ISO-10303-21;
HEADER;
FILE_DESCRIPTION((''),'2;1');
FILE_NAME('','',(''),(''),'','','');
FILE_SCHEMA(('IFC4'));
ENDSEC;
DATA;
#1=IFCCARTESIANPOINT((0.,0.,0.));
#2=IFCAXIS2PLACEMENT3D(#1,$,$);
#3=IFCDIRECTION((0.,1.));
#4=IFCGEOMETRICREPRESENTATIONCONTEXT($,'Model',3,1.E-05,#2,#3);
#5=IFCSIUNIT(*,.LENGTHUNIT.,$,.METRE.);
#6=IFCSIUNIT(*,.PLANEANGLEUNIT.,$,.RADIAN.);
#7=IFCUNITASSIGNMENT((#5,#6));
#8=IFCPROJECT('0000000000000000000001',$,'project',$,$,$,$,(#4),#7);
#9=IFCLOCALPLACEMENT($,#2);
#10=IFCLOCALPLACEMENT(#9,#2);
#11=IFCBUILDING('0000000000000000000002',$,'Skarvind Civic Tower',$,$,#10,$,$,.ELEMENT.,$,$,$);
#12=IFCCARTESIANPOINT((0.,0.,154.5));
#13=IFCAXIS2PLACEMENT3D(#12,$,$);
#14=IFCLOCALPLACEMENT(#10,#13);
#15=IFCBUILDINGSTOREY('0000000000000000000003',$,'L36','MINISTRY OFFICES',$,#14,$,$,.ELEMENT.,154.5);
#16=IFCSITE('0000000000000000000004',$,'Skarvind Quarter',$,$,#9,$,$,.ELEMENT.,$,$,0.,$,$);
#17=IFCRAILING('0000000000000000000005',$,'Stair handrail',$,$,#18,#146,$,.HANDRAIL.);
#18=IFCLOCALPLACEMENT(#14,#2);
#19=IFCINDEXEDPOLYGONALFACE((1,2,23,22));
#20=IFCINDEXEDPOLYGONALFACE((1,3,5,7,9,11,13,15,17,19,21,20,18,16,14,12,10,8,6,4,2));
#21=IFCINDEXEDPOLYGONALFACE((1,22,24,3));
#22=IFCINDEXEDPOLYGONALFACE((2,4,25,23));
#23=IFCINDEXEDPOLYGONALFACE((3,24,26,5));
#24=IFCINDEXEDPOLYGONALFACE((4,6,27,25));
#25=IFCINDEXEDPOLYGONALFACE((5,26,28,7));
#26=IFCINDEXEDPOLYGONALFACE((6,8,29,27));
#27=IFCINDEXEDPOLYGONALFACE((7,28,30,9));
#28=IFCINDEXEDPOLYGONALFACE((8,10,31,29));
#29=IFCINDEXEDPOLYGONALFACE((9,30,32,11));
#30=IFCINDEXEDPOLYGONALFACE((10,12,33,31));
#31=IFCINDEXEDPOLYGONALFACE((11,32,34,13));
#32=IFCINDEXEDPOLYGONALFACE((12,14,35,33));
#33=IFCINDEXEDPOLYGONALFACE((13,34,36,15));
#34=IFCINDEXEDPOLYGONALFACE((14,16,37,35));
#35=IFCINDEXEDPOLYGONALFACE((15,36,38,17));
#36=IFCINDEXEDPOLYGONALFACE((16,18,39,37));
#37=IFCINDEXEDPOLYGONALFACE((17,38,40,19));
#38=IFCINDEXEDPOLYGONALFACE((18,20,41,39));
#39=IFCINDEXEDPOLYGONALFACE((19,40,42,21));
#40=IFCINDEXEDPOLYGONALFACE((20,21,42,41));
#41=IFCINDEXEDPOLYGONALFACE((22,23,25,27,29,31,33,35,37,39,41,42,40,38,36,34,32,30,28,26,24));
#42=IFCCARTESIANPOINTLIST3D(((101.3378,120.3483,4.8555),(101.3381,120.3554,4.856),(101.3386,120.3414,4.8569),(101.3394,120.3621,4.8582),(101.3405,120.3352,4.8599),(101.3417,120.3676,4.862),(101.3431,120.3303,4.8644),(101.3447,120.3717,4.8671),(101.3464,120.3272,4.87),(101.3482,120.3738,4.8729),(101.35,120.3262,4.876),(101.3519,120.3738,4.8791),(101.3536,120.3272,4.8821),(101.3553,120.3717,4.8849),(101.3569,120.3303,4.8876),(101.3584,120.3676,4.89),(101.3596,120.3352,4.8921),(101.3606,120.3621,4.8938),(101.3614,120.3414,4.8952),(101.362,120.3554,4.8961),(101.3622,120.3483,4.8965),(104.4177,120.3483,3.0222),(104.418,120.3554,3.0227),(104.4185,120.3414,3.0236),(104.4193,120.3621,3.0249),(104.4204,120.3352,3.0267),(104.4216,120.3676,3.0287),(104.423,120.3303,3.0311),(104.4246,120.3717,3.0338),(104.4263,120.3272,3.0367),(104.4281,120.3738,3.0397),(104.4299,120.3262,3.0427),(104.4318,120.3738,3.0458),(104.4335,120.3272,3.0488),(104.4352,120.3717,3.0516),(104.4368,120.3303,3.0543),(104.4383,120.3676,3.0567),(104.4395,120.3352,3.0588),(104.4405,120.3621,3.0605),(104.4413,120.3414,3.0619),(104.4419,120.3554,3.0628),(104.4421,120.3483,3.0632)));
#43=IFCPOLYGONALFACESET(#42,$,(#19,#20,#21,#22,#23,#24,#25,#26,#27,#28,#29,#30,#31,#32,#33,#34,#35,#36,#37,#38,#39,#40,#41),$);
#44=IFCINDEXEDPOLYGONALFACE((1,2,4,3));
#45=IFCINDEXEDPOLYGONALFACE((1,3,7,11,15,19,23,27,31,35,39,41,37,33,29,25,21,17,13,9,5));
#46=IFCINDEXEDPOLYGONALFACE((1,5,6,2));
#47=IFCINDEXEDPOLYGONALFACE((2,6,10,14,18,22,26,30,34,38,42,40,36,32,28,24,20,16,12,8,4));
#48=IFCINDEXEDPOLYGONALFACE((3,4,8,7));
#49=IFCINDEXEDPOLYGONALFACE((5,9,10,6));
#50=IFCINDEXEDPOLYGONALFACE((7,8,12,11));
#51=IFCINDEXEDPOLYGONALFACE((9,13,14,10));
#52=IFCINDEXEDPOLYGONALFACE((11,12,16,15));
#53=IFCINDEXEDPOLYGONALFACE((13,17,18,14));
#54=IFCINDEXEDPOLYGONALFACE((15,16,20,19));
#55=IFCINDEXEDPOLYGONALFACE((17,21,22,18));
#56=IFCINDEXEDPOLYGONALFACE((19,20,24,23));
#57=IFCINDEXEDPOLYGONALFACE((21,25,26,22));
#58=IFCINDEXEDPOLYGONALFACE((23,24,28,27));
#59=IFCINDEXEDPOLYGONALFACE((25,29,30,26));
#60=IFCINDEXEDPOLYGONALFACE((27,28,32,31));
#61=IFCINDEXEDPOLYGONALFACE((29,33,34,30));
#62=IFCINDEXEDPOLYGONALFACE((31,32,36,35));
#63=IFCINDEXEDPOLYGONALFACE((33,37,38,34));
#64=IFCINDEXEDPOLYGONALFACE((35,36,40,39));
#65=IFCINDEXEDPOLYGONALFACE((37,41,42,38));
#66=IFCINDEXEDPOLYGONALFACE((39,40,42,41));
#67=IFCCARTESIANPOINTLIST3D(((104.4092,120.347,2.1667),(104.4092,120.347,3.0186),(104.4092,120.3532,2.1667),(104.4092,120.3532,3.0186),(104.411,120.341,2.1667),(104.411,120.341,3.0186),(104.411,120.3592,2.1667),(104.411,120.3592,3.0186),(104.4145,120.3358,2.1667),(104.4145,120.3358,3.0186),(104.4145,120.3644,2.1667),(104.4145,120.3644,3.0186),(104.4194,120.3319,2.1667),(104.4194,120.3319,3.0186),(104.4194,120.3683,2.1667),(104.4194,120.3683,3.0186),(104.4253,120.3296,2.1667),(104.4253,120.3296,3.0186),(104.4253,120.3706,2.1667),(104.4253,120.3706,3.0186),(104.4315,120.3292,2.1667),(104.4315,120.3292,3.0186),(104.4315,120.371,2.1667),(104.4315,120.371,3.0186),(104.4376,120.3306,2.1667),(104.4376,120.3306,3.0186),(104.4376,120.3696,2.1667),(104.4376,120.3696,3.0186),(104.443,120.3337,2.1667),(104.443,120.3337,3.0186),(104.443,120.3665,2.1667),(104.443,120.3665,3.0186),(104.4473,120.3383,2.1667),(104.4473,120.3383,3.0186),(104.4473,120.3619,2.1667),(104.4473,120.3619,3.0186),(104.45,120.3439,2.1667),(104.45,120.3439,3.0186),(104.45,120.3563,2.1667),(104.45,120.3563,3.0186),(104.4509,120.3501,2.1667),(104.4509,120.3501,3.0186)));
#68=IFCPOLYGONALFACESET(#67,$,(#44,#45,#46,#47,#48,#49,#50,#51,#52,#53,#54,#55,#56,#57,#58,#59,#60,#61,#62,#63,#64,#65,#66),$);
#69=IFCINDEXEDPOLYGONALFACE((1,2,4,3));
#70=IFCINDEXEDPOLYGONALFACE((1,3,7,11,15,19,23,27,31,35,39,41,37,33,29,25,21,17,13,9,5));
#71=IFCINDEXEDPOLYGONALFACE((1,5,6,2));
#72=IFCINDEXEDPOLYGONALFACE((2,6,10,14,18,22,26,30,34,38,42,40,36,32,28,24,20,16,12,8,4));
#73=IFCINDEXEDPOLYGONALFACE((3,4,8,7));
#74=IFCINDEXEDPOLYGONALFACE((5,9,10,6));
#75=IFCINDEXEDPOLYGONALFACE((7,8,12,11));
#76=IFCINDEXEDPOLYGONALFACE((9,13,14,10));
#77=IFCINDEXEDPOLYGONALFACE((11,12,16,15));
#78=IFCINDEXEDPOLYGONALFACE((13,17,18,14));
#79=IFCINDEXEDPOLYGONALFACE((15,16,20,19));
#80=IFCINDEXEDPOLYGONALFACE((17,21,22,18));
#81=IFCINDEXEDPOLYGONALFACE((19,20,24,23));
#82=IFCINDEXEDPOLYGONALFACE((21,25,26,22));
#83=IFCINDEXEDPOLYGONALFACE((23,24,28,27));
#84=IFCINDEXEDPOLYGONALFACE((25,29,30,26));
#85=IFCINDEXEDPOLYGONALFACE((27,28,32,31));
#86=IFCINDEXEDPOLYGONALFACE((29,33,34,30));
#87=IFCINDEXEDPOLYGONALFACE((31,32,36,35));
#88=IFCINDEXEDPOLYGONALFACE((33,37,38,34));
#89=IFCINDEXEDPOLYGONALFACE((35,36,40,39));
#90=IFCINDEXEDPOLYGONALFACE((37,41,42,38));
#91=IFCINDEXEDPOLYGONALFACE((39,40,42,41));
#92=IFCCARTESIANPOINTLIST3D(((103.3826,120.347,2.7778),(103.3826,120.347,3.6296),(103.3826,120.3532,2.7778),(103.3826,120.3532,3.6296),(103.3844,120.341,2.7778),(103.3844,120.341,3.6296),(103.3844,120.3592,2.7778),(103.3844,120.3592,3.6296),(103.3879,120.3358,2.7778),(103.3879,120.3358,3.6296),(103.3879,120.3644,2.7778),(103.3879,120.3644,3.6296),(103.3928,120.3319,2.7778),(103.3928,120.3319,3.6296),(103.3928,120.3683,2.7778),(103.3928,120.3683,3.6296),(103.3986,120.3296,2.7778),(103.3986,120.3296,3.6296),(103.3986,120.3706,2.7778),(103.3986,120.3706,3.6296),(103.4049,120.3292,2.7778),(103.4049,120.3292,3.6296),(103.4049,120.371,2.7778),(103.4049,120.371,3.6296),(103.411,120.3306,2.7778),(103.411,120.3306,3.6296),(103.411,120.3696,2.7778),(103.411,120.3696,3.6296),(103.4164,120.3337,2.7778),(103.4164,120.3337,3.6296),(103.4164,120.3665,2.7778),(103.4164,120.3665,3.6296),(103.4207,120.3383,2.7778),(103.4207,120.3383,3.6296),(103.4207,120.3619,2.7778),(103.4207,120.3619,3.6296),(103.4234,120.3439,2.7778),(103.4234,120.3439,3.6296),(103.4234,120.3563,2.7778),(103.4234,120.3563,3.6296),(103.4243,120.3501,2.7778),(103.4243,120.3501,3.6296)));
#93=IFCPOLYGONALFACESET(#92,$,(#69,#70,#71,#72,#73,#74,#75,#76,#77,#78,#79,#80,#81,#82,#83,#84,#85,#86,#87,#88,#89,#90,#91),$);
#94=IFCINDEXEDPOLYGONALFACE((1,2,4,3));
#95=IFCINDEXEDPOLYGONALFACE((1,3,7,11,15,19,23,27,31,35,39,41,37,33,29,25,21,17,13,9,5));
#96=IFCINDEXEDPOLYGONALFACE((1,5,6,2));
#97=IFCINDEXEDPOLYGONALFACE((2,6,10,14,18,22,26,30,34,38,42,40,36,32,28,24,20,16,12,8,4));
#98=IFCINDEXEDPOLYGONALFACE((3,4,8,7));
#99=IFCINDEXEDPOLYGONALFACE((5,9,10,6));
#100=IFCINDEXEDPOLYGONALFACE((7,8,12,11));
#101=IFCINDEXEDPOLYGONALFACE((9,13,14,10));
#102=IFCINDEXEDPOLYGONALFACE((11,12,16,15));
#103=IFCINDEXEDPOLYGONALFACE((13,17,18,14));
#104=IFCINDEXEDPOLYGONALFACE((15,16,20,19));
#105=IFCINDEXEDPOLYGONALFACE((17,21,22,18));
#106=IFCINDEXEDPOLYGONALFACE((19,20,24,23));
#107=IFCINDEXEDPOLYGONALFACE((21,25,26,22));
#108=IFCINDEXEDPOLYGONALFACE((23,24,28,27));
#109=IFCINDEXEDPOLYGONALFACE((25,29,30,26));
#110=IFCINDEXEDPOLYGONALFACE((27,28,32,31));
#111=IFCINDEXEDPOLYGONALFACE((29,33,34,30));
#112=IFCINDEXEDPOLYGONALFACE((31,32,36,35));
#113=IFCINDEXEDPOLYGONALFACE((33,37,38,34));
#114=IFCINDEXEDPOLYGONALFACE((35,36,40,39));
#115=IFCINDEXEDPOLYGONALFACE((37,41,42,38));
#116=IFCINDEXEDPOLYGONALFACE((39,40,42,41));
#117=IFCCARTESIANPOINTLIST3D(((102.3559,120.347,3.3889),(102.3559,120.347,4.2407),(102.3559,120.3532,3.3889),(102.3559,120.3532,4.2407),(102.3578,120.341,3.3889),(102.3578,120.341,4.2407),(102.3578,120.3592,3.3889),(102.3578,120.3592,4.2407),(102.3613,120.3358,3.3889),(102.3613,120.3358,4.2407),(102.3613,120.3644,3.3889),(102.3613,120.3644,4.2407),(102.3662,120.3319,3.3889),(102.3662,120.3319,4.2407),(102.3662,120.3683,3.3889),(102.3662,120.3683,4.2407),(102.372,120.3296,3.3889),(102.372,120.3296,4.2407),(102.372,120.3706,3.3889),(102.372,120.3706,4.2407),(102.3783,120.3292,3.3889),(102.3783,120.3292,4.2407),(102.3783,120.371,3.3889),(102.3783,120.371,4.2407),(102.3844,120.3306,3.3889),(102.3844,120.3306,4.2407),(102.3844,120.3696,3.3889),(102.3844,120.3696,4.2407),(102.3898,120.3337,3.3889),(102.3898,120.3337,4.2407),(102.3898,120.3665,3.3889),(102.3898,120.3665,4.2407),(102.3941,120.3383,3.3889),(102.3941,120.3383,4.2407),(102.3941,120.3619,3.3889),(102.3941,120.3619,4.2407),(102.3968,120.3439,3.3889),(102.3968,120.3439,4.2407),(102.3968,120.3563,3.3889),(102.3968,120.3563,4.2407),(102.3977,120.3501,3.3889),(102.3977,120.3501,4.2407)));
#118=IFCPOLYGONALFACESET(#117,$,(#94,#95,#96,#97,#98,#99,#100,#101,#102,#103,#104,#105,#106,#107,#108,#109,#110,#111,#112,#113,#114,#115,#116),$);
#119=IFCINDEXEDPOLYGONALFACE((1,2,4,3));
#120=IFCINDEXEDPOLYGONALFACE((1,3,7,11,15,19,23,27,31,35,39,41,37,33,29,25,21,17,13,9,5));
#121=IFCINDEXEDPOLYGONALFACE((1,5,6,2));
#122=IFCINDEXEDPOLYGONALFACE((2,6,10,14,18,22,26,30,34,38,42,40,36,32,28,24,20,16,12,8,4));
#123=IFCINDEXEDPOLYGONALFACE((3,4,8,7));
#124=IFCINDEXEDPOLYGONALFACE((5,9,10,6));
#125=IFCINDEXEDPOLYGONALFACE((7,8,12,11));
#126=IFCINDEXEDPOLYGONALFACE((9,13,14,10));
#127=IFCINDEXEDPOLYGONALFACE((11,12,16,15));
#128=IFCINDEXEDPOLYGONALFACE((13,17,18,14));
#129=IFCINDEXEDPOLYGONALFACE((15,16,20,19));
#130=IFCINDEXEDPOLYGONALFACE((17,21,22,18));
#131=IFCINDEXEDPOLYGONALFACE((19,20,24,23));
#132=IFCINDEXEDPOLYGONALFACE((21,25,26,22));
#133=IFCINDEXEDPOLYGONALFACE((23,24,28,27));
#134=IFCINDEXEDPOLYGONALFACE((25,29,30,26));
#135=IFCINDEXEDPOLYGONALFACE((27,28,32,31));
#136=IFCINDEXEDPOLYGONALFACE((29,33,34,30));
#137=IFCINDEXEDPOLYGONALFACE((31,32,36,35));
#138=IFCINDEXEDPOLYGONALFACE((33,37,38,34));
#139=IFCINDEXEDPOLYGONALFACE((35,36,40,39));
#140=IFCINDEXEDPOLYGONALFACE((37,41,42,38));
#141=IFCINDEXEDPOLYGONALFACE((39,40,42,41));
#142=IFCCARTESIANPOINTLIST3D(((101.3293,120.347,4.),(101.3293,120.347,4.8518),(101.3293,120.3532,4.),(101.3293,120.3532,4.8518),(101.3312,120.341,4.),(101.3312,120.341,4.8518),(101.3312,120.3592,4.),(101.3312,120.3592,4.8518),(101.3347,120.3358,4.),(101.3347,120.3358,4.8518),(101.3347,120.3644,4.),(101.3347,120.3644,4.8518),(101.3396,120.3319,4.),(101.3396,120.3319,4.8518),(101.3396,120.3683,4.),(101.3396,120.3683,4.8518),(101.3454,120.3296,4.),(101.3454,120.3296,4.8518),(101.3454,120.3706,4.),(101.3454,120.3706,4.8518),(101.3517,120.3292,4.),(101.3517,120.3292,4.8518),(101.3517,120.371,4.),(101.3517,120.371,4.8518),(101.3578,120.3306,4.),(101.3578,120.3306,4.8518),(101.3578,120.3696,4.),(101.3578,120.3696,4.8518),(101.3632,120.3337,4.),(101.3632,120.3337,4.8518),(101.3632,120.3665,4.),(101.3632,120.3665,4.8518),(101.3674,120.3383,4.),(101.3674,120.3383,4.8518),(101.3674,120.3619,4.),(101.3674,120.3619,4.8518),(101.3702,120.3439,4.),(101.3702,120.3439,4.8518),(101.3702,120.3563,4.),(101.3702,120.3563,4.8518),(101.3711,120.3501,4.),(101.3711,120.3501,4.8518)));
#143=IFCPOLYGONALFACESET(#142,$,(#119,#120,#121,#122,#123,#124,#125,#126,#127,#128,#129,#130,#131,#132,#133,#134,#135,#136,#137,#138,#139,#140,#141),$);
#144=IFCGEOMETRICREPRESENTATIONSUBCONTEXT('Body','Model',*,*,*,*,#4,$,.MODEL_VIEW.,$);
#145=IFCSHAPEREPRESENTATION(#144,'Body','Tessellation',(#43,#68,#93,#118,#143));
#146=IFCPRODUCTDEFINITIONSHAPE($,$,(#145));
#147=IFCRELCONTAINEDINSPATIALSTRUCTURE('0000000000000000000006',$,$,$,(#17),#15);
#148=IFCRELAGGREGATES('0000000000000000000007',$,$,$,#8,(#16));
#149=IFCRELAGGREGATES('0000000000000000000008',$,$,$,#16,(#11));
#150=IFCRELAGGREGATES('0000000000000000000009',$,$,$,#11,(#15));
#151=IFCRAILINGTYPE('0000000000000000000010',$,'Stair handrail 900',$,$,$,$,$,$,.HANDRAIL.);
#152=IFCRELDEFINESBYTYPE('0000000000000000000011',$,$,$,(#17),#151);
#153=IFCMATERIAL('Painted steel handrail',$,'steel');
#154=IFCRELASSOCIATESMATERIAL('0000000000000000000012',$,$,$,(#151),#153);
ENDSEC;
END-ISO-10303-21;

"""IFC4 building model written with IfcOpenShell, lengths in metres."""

from ifc_helpers import new_model, si_unit, direction, frame, origin, origin_2d, place, context, subcontext, project, spatial, circle, extrude, material, type_object, element, save


model = new_model("IFC4")

# Units and contexts
model_context = context("Model", 3, precision=1e-05, world=origin(), true_north=direction((0.0, 1.0)))
body_context = subcontext(model_context, "Body", "Model", "MODEL_VIEW")
ifc_project = project(units=[si_unit("LENGTHUNIT", "METRE"), si_unit("PLANEANGLEUNIT", "RADIAN")], contexts=[model_context])

# Site, building, storey
site_placement = place(None, origin())
site = spatial("IfcSite", under=ifc_project, at=site_placement, Name="Skarvind Quarter", CompositionType="ELEMENT", RefElevation=0.0)
building_placement = place(site_placement, origin())
building = spatial("IfcBuilding", under=site, at=building_placement, Name="Skarvind Civic Tower", CompositionType="ELEMENT")
storey_placement = place(building_placement, frame((0.0, 0.0, 154.5)))
storey = spatial("IfcBuildingStorey", under=building, at=storey_placement, Name="L36", Description="MINISTRY OFFICES", CompositionType="ELEMENT", Elevation=154.5)

# Railing
ifc_material_1 = material(Name="Painted steel handrail", Category="steel")
railing_type = type_object("IfcRailingType", Name="Stair handrail 900", PredefinedType="HANDRAIL", material=ifc_material_1)
railing_placement = place(storey_placement, frame((104.4299, 120.3501, 2.1667)))
element("IfcRailing", 1, at=railing_placement, inside=storey, type_object=railing_type, Name="Stair handrail", PredefinedType="HANDRAIL", context=body_context, shape_type="SweptSolid", body=[
    extrude(circle(Radius=0.0239, at=origin_2d()), frame((0.0, 0.0, 0.876), z_axis=(-0.859291, 0.0, 0.511487), x_axis=(0.0, -1.0, 0.0)), (0.0, 0.0, 1.0), 3.5842),
    extrude(circle(Radius=0.021, at=origin_2d()), origin(), (0.0, 0.0, 1.0), 0.8518),
    extrude(circle(Radius=0.021, at=origin_2d()), frame((-1.0266, 0.0, 0.6111)), (0.0, 0.0, 1.0), 0.8518),
    extrude(circle(Radius=0.021, at=origin_2d()), frame((-2.0532, 0.0, 1.2222)), (0.0, 0.0, 1.0), 0.8518),
    extrude(circle(Radius=0.021, at=origin_2d()), frame((-3.0798, 0.0, 1.8333)), (0.0, 0.0, 1.0), 0.8518),
])

save(model, "model.ifc")
